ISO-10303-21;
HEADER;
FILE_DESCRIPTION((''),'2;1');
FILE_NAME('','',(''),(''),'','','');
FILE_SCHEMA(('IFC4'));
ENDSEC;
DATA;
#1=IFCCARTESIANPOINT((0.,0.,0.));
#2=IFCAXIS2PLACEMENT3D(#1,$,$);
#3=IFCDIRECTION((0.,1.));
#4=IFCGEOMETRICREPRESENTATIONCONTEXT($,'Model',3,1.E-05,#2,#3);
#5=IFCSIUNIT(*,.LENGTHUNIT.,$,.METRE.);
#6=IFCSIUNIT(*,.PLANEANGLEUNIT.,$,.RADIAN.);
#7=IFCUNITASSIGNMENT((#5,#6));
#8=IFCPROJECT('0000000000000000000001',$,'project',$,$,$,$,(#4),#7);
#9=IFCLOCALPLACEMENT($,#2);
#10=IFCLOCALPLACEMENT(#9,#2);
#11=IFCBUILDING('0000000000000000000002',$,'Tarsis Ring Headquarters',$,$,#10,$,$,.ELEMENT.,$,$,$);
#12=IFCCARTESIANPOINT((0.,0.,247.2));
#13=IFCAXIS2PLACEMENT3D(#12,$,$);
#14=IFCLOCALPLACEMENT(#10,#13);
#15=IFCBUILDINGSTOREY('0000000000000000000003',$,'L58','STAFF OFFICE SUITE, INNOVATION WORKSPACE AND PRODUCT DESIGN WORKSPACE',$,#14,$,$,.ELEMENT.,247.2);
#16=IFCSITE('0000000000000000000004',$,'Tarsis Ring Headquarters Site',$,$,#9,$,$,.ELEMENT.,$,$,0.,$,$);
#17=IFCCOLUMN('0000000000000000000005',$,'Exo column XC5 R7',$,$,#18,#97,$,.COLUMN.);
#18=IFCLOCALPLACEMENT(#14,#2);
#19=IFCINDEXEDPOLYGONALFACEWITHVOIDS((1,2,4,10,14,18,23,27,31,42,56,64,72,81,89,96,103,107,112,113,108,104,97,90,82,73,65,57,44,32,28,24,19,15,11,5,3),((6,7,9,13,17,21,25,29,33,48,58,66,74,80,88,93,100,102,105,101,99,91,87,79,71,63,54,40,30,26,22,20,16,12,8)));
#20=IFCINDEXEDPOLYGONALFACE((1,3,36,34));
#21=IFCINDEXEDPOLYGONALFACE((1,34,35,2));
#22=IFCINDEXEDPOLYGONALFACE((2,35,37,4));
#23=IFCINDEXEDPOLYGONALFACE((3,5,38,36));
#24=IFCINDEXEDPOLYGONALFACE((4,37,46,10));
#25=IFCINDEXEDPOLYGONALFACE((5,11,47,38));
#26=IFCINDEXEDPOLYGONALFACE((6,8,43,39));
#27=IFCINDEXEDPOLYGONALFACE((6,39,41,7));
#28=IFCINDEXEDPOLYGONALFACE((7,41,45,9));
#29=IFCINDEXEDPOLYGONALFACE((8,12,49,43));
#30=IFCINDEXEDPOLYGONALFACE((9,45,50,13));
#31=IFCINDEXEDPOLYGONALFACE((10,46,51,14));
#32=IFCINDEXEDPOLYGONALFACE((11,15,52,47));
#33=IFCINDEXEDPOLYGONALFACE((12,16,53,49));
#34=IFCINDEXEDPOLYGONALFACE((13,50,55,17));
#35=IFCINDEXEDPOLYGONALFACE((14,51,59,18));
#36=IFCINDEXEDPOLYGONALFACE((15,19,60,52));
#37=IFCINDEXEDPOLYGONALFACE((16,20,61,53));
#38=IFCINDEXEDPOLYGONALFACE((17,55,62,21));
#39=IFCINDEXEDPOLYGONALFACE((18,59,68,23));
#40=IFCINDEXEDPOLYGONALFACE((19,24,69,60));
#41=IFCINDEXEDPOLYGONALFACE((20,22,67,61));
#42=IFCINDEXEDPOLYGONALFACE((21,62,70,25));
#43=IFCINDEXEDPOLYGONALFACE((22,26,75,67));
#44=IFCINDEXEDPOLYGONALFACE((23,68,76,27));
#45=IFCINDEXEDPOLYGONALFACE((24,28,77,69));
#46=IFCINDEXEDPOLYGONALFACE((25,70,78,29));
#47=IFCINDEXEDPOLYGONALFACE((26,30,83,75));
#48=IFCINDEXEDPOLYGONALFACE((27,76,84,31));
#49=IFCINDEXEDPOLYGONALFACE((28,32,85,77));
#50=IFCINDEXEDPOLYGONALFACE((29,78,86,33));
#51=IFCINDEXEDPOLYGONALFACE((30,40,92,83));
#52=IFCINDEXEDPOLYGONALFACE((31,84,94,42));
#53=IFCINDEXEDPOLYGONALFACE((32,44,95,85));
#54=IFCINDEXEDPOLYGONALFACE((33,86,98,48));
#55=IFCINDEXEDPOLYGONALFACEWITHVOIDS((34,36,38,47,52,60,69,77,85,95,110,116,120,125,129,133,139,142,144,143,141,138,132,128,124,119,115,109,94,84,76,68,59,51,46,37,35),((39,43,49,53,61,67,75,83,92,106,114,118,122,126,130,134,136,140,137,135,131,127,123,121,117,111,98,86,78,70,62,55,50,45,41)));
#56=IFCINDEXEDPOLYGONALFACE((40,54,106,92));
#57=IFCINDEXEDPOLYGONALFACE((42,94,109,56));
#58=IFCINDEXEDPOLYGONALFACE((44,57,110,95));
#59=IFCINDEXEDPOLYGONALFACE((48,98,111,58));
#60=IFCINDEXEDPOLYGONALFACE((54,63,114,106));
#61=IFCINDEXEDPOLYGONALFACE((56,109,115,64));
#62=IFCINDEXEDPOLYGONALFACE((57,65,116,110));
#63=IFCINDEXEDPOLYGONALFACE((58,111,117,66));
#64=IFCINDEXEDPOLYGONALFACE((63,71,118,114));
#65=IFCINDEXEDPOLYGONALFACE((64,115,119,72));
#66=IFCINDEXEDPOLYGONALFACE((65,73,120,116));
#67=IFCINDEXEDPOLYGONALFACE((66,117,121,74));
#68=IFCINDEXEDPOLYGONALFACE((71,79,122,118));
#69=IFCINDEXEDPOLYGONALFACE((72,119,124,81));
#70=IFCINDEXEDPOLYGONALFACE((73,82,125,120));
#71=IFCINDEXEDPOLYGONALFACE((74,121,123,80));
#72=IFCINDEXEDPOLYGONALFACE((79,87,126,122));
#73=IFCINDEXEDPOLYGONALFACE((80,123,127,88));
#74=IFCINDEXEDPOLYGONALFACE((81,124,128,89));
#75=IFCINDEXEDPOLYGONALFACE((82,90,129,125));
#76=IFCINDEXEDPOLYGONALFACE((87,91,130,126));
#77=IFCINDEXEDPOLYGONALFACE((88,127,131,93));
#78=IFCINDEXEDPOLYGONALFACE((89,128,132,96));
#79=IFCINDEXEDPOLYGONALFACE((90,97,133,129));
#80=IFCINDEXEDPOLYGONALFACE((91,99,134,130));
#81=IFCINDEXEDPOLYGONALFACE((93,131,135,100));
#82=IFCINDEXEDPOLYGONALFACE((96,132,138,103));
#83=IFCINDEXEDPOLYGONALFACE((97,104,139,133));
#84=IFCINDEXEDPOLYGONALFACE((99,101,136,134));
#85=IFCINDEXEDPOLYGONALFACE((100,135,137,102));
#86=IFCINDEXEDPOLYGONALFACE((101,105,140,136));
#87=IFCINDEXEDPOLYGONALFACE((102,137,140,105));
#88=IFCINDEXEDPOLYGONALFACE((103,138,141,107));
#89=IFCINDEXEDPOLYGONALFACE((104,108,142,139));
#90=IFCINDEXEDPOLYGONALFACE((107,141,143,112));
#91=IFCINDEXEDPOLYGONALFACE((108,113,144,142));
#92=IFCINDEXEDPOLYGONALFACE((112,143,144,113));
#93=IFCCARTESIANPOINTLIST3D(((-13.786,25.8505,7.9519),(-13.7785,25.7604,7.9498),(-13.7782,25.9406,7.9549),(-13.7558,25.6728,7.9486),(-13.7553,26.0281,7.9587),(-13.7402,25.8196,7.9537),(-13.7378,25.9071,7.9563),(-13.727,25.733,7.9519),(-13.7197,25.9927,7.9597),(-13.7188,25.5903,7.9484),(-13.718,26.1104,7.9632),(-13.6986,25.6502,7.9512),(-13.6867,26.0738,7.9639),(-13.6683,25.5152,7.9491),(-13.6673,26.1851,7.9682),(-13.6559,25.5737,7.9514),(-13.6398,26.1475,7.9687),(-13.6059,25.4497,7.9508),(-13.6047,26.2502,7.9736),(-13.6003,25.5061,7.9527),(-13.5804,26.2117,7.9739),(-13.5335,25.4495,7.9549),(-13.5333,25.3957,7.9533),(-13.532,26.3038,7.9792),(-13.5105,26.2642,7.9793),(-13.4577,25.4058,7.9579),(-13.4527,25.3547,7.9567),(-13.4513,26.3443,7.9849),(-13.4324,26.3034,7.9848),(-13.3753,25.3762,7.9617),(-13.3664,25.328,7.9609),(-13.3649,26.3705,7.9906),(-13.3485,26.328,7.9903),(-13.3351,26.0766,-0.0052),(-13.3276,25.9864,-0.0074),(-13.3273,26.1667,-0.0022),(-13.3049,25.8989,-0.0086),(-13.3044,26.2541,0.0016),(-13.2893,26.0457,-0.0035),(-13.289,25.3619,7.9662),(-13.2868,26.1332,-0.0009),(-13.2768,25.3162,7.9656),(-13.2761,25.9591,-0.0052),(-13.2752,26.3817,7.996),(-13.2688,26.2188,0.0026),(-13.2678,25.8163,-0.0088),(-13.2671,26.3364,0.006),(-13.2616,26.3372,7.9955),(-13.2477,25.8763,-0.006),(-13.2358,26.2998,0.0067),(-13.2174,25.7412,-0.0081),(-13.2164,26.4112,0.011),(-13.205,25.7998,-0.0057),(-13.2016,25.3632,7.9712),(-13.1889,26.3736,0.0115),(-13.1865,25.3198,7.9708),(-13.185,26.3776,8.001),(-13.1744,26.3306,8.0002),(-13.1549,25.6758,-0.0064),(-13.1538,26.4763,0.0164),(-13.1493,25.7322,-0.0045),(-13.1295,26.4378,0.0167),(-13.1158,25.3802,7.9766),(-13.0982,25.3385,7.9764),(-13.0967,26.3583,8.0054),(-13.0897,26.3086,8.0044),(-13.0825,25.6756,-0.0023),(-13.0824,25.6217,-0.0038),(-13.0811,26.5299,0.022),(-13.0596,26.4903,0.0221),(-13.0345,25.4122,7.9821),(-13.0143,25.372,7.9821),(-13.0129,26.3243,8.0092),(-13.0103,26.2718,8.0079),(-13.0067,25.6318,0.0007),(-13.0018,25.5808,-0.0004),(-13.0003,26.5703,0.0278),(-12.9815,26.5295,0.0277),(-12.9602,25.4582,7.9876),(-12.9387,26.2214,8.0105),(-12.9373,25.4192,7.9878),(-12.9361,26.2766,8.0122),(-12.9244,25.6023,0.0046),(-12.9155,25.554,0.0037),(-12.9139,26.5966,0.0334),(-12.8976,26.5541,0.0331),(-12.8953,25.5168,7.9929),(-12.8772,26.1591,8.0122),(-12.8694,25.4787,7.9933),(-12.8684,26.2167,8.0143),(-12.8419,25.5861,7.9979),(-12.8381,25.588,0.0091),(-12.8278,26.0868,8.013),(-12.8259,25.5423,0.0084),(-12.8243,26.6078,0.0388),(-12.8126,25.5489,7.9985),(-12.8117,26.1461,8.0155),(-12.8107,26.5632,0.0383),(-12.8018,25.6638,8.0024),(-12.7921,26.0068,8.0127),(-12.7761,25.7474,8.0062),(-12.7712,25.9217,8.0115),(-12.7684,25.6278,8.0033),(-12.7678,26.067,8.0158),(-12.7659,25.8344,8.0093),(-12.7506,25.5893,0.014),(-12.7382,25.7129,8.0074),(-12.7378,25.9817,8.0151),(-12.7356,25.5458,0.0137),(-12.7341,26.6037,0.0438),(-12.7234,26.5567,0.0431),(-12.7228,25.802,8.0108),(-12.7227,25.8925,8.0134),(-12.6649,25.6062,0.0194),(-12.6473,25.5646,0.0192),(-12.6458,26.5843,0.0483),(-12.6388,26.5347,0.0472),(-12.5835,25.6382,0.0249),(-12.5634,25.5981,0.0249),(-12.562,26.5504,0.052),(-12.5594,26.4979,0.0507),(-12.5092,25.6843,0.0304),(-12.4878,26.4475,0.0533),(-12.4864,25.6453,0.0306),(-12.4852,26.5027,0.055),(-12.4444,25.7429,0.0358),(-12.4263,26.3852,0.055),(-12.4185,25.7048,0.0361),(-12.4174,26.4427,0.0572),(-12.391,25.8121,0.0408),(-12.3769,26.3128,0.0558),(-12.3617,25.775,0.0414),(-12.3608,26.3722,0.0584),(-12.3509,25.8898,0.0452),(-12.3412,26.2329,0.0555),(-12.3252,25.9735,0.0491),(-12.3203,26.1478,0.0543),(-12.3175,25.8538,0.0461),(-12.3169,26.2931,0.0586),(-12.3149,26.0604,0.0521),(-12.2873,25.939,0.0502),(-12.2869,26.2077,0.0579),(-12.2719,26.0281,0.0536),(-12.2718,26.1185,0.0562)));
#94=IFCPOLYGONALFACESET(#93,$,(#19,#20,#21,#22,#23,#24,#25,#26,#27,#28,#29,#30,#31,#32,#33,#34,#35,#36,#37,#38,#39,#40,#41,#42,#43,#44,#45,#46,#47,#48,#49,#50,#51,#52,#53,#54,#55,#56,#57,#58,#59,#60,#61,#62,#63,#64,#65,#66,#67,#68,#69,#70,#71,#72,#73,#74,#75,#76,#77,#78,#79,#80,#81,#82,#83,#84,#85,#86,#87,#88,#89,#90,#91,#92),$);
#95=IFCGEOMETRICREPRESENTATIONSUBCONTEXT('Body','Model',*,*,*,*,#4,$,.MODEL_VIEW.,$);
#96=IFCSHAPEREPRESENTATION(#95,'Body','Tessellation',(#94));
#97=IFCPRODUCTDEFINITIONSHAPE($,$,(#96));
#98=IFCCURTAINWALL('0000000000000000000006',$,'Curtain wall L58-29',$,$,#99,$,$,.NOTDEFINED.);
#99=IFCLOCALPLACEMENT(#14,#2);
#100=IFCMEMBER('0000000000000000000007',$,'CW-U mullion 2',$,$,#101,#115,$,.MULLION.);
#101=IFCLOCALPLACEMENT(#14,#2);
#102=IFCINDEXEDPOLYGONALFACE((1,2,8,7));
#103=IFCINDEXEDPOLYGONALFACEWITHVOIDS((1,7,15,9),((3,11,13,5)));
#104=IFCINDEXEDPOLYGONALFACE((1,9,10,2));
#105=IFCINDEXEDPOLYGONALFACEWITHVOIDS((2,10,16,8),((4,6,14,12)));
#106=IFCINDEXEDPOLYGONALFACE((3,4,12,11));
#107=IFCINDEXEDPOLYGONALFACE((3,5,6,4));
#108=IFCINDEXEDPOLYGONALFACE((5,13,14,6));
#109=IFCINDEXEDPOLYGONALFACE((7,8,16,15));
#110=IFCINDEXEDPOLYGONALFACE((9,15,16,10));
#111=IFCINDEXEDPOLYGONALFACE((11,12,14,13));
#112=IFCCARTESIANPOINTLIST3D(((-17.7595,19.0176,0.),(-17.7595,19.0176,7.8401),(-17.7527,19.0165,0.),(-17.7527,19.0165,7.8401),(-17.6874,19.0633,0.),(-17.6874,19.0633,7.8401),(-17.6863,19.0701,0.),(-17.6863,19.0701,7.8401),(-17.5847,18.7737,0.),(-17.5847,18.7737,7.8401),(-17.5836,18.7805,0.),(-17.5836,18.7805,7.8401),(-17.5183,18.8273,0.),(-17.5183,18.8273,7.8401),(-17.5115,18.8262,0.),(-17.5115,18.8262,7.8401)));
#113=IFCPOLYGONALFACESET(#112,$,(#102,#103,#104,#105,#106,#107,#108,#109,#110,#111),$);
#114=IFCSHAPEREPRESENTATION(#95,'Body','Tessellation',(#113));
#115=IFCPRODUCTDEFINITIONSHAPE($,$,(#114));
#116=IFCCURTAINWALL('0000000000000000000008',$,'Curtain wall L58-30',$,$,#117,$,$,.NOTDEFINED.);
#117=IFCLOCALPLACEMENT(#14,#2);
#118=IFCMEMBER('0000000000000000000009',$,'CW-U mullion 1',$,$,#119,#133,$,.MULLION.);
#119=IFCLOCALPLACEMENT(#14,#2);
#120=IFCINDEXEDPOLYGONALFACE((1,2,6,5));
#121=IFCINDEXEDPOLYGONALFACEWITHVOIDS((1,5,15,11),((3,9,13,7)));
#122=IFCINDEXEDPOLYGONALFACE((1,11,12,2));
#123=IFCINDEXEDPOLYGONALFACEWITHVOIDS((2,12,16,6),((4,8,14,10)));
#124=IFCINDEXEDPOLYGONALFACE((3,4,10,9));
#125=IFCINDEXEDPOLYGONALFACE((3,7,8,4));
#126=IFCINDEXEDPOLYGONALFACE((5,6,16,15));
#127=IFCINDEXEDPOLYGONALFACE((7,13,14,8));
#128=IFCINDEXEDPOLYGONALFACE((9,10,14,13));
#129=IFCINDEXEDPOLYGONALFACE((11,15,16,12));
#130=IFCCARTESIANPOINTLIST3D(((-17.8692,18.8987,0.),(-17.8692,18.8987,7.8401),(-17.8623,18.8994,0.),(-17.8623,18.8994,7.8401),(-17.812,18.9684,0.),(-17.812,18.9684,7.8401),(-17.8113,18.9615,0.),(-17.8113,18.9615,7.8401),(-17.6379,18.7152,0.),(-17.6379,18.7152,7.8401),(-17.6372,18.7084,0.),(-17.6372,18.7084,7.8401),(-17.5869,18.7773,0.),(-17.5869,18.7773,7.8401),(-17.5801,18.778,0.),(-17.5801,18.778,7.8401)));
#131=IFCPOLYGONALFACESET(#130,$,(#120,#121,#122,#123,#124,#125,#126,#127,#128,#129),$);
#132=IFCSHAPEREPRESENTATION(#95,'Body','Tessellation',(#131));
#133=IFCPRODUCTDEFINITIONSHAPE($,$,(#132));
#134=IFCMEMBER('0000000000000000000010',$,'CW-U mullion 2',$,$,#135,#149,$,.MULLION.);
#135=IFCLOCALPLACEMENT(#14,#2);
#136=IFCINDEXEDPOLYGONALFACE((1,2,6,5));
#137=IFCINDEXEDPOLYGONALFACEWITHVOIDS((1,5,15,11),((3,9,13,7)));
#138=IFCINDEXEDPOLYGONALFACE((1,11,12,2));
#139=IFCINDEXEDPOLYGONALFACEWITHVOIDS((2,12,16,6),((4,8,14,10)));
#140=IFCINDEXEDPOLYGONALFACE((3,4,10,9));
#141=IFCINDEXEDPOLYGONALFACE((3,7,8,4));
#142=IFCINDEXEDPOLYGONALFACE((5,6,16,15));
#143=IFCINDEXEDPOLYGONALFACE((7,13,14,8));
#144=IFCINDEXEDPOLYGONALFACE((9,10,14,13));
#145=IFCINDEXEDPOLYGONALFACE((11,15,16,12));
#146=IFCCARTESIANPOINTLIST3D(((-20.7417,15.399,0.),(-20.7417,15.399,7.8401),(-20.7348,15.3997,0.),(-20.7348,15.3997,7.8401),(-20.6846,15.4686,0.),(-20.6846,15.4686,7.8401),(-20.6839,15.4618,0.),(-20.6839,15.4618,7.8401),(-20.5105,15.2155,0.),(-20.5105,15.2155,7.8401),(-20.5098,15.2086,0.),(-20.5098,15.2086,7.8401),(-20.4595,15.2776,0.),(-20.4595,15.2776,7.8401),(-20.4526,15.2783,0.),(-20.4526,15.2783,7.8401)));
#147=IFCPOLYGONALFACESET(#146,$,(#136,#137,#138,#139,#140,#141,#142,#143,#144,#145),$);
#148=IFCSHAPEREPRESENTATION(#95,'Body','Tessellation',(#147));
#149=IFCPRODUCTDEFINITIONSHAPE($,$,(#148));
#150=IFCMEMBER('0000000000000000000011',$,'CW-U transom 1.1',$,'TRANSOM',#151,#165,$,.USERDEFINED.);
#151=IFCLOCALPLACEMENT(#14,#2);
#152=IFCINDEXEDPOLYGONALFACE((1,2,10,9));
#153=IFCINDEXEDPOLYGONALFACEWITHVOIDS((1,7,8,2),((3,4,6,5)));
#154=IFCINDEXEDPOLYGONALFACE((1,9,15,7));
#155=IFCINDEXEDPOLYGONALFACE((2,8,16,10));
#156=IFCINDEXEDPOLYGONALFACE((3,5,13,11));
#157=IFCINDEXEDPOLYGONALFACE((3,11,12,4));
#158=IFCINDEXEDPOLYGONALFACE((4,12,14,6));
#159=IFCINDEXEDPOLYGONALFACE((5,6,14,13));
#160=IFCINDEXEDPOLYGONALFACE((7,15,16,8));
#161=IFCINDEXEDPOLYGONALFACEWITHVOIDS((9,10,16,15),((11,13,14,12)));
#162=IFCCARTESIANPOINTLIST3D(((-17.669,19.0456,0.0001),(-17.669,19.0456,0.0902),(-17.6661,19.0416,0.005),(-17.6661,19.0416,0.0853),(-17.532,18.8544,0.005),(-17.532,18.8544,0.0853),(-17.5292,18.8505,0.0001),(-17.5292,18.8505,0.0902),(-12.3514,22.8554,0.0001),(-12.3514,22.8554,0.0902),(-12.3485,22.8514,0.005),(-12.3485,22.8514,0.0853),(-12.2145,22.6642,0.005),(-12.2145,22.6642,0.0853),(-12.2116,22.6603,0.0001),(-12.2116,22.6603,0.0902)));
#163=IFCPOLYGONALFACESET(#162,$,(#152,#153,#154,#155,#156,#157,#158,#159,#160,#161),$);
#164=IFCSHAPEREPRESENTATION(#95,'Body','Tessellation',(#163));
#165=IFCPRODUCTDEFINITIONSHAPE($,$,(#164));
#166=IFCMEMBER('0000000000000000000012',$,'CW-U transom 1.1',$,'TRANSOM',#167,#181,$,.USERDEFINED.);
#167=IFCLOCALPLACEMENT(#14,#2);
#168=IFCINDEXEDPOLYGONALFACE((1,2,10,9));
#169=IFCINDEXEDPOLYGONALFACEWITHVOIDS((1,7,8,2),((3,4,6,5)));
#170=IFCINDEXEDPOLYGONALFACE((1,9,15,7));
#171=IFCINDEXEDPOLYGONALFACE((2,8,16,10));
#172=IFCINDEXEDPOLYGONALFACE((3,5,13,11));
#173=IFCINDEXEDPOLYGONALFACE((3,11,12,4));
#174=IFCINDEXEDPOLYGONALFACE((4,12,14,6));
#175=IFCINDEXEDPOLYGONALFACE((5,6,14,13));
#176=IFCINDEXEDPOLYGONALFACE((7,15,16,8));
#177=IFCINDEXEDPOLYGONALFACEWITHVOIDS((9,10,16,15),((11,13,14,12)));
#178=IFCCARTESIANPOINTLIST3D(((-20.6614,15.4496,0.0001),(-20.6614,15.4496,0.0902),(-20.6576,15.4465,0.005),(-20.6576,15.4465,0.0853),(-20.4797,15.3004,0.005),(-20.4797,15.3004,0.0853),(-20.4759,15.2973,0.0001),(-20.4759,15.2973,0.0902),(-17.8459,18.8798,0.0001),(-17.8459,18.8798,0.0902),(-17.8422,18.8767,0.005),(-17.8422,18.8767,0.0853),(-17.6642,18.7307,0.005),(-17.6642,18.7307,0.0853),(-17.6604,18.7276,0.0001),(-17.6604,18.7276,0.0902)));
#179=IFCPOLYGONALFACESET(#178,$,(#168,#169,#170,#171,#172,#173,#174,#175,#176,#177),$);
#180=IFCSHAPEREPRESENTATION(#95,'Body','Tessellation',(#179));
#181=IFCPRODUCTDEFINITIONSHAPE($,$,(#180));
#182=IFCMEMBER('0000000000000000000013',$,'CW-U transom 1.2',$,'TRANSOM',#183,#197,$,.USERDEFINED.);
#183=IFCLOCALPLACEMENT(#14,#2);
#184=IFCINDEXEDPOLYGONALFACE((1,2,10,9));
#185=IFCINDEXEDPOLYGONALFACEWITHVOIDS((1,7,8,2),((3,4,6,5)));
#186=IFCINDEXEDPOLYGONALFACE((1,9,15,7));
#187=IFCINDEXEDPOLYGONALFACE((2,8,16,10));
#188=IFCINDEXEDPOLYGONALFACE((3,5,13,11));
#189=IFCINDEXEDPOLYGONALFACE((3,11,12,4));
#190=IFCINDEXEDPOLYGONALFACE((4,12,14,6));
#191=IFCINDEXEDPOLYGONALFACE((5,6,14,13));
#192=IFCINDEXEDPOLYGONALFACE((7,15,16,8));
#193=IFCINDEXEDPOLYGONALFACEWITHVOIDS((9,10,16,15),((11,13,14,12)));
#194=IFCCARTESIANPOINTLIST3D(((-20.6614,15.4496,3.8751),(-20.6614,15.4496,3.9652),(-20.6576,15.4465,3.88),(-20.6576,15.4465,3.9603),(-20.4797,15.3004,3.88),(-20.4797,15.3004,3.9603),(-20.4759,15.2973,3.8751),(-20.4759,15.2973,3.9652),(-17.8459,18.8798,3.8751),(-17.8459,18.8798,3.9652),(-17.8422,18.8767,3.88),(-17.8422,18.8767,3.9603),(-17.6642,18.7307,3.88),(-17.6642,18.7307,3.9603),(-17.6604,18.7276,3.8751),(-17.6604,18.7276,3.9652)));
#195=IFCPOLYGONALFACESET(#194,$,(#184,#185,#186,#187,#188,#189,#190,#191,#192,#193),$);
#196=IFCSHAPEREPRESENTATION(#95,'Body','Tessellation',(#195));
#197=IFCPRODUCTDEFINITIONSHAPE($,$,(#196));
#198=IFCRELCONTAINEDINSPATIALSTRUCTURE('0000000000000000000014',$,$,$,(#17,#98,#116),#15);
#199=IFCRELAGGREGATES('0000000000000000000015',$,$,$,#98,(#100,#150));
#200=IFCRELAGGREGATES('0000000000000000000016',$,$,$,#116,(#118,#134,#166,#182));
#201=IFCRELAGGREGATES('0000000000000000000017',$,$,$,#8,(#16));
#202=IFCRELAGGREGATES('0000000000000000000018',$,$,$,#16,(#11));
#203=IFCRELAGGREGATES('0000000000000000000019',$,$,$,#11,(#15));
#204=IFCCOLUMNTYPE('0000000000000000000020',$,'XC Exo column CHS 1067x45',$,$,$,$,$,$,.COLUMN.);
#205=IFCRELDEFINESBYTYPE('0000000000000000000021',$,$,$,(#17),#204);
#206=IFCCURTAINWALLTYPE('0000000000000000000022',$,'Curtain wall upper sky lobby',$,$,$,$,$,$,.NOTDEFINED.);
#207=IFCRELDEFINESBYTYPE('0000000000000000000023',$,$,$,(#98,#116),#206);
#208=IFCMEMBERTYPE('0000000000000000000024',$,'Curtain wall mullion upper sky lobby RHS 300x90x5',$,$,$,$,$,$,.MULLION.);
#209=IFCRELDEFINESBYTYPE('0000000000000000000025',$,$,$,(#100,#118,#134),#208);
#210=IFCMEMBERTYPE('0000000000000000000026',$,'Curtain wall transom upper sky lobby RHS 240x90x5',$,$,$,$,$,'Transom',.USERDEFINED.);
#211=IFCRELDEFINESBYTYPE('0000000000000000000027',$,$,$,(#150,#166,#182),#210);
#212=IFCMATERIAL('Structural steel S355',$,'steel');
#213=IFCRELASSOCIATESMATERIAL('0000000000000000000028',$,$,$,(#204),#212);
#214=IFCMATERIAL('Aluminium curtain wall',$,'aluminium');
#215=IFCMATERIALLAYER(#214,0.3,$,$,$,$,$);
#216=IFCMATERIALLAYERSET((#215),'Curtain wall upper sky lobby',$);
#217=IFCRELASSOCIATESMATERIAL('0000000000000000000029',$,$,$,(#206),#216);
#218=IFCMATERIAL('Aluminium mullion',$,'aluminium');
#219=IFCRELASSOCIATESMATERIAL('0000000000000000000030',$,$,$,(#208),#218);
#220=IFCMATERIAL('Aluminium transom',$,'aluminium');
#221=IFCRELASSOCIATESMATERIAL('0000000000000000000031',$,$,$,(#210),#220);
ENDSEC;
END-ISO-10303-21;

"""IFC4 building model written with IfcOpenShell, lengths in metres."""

from ifc_helpers import new_model, si_unit, direction, frame, origin, origin_2d, place, context, subcontext, project, spatial, hollow_rectangle, hollow_circle, extrude, material, layer, layer_set, material_profile, profile_set, type_object, element, aggregate, save


model = new_model("IFC4")

# Units and contexts
model_context = context("Model", 3, precision=1e-05, world=origin(), true_north=direction((0.0, 1.0)))
body_context = subcontext(model_context, "Body", "Model", "MODEL_VIEW")
ifc_project = project(units=[si_unit("LENGTHUNIT", "METRE"), si_unit("PLANEANGLEUNIT", "RADIAN")], contexts=[model_context])

# Site, building, storey
site_placement = place(None, origin())
site = spatial("IfcSite", under=ifc_project, at=site_placement, Name="Tarsis Ring Headquarters Site", CompositionType="ELEMENT", RefElevation=0.0)
building_placement = place(site_placement, origin())
building = spatial("IfcBuilding", under=site, at=building_placement, Name="Tarsis Ring Headquarters", CompositionType="ELEMENT")
storey_placement = place(building_placement, frame((0.0, 0.0, 247.2)))
storey = spatial("IfcBuildingStorey", under=building, at=storey_placement, Name="L58", Description="STAFF OFFICE SUITE, INNOVATION WORKSPACE AND PRODUCT DESIGN WORKSPACE", CompositionType="ELEMENT", Elevation=247.2)

# Column
ifc_material_1 = material(Name="Structural steel S355", Category="steel")
ifc_material_profile_1 = material_profile(ifc_material_1, hollow_circle(Radius=0.5334, WallThickness=0.0449, at=origin_2d()), Name="CHS 1067x45")
ifc_profile_set_1 = profile_set([ifc_material_profile_1], Name="Structural steel S355")
column_type = type_object("IfcColumnType", Name="XC Exo column CHS 1067x45", PredefinedType="COLUMN", material=ifc_profile_set_1)
column_placement = place(storey_placement, frame((-12.8025, 26.075, 0.0249), z_axis=(-0.056555, -0.028354, 0.997997), x_axis=(0.448181, -0.893943, 0.0)))
element("IfcColumn", 1, at=column_placement, inside=storey, type_object=column_type, Name="Exo column XC5 R7", PredefinedType="COLUMN", context=body_context, shape_type="SweptSolid", body=[
    extrude(hollow_circle(Radius=0.5334, WallThickness=0.0449, at=origin_2d()), origin(), (0.0, 0.0, 1.0), 7.9731),
])

# Curtain wall, member
ifc_material_2 = material(Name="Aluminium curtain wall", Category="aluminium")
ifc_layer_1 = layer(ifc_material_2, 0.3)
ifc_layer_set_1 = layer_set([ifc_layer_1], Name="Curtain wall upper sky lobby")
curtain_wall_type = type_object("IfcCurtainWallType", Name="Curtain wall upper sky lobby", PredefinedType="NOTDEFINED", material=ifc_layer_set_1)
curtain_wall_1_placement = place(storey_placement, origin())
curtain_wall_1 = element("IfcCurtainWall", 2, at=curtain_wall_1_placement, inside=storey, type_object=curtain_wall_type, Name="Curtain wall L58-29", PredefinedType="NOTDEFINED")
ifc_material_3 = material(Name="Aluminium mullion", Category="aluminium")
ifc_material_profile_2 = material_profile(ifc_material_3, hollow_rectangle(XDim=0.3, YDim=0.0901, WallThickness=0.0049, at=origin_2d()), Name="RHS 300x90x5")
ifc_profile_set_2 = profile_set([ifc_material_profile_2], Name="Aluminium mullion")
member_type_1 = type_object("IfcMemberType", Name="Curtain wall mullion upper sky lobby RHS 300x90x5", PredefinedType="MULLION", material=ifc_profile_set_2)
member_1_placement = place(storey_placement, frame((-17.6355, 18.9219, 0.0), z_axis=(0.0, 0.0, 1.0), x_axis=(0.582407, -0.812898, 0.0)))
member_1 = element("IfcMember", 3, at=member_1_placement, type_object=member_type_1, Name="CW-U mullion 2", PredefinedType="MULLION", context=body_context, shape_type="SweptSolid", body=[
    extrude(hollow_rectangle(XDim=0.3, YDim=0.0901, WallThickness=0.0049, at=origin_2d()), origin(), (0.0, 0.0, 1.0), 7.8401),
])

# Curtain wall, members
curtain_wall_2_placement = place(storey_placement, origin())
curtain_wall_2 = element("IfcCurtainWall", 4, at=curtain_wall_2_placement, inside=storey, type_object=curtain_wall_type, Name="Curtain wall L58-30", PredefinedType="NOTDEFINED")
member_2_placement = place(storey_placement, frame((-17.7246, 18.8384, 0.0), z_axis=(0.0, 0.0, 1.0), x_axis=(0.772955, -0.634461, 0.0)))
member_2 = element("IfcMember", 5, at=member_2_placement, type_object=member_type_1, Name="CW-U mullion 1", PredefinedType="MULLION", context=body_context, shape_type="SweptSolid", body=[
    extrude(hollow_rectangle(XDim=0.3, YDim=0.0901, WallThickness=0.0049, at=origin_2d()), origin(), (0.0, 0.0, 1.0), 7.8401),
])
member_3_placement = place(storey_placement, frame((-20.5972, 15.3386, 0.0), z_axis=(0.0, 0.0, 1.0), x_axis=(0.772955, -0.634461, 0.0)))
member_3 = element("IfcMember", 6, at=member_3_placement, type_object=member_type_1, Name="CW-U mullion 2", PredefinedType="MULLION", context=body_context, shape_type="SweptSolid", body=[
    extrude(hollow_rectangle(XDim=0.3, YDim=0.0901, WallThickness=0.0049, at=origin_2d()), origin(), (0.0, 0.0, 1.0), 7.8401),
])

# Members
ifc_material_4 = material(Name="Aluminium transom", Category="aluminium")
ifc_material_profile_3 = material_profile(ifc_material_4, hollow_rectangle(XDim=0.24, YDim=0.0901, WallThickness=0.0049, at=origin_2d()), Name="RHS 240x90x5")
ifc_profile_set_3 = profile_set([ifc_material_profile_3], Name="Aluminium transom")
member_type_2 = type_object("IfcMemberType", Name="Curtain wall transom upper sky lobby RHS 240x90x5", ElementType="Transom", PredefinedType="USERDEFINED", material=ifc_profile_set_3)
member_4_placement = place(storey_placement, frame((-12.2815, 22.7578, 0.0452), z_axis=(-0.8129, -0.582403, 0.0), x_axis=(0.582403, -0.8129, 0.0)))
member_4 = element("IfcMember", 7, at=member_4_placement, type_object=member_type_2, Name="CW-U transom 1.1", ObjectType="TRANSOM", PredefinedType="USERDEFINED", context=body_context, shape_type="SweptSolid", body=[
    extrude(hollow_rectangle(XDim=0.24, YDim=0.0901, WallThickness=0.0049, at=origin_2d()), origin(), (0.0, 0.0, 1.0), 6.5415),
])
member_5_placement = place(storey_placement, frame((-17.7532, 18.8037, 0.0452), z_axis=(-0.634441, -0.772971, 0.0), x_axis=(0.772971, -0.634441, 0.0)))
member_5 = element("IfcMember", 8, at=member_5_placement, type_object=member_type_2, Name="CW-U transom 1.1", ObjectType="TRANSOM", PredefinedType="USERDEFINED", context=body_context, shape_type="SweptSolid", body=[
    extrude(hollow_rectangle(XDim=0.24, YDim=0.0901, WallThickness=0.0049, at=origin_2d()), origin(), (0.0, 0.0, 1.0), 4.4377),
])
member_6_placement = place(storey_placement, frame((-17.7532, 18.8037, 3.9202), z_axis=(-0.634441, -0.772971, 0.0), x_axis=(0.772971, -0.634441, 0.0)))
member_6 = element("IfcMember", 9, at=member_6_placement, type_object=member_type_2, Name="CW-U transom 1.2", ObjectType="TRANSOM", PredefinedType="USERDEFINED", context=body_context, shape_type="SweptSolid", body=[
    extrude(hollow_rectangle(XDim=0.24, YDim=0.0901, WallThickness=0.0049, at=origin_2d()), origin(), (0.0, 0.0, 1.0), 4.4377),
])

aggregate(curtain_wall_1, [member_1, member_4])
aggregate(curtain_wall_2, [member_2, member_3, member_5, member_6])

save(model, "model.ifc")
